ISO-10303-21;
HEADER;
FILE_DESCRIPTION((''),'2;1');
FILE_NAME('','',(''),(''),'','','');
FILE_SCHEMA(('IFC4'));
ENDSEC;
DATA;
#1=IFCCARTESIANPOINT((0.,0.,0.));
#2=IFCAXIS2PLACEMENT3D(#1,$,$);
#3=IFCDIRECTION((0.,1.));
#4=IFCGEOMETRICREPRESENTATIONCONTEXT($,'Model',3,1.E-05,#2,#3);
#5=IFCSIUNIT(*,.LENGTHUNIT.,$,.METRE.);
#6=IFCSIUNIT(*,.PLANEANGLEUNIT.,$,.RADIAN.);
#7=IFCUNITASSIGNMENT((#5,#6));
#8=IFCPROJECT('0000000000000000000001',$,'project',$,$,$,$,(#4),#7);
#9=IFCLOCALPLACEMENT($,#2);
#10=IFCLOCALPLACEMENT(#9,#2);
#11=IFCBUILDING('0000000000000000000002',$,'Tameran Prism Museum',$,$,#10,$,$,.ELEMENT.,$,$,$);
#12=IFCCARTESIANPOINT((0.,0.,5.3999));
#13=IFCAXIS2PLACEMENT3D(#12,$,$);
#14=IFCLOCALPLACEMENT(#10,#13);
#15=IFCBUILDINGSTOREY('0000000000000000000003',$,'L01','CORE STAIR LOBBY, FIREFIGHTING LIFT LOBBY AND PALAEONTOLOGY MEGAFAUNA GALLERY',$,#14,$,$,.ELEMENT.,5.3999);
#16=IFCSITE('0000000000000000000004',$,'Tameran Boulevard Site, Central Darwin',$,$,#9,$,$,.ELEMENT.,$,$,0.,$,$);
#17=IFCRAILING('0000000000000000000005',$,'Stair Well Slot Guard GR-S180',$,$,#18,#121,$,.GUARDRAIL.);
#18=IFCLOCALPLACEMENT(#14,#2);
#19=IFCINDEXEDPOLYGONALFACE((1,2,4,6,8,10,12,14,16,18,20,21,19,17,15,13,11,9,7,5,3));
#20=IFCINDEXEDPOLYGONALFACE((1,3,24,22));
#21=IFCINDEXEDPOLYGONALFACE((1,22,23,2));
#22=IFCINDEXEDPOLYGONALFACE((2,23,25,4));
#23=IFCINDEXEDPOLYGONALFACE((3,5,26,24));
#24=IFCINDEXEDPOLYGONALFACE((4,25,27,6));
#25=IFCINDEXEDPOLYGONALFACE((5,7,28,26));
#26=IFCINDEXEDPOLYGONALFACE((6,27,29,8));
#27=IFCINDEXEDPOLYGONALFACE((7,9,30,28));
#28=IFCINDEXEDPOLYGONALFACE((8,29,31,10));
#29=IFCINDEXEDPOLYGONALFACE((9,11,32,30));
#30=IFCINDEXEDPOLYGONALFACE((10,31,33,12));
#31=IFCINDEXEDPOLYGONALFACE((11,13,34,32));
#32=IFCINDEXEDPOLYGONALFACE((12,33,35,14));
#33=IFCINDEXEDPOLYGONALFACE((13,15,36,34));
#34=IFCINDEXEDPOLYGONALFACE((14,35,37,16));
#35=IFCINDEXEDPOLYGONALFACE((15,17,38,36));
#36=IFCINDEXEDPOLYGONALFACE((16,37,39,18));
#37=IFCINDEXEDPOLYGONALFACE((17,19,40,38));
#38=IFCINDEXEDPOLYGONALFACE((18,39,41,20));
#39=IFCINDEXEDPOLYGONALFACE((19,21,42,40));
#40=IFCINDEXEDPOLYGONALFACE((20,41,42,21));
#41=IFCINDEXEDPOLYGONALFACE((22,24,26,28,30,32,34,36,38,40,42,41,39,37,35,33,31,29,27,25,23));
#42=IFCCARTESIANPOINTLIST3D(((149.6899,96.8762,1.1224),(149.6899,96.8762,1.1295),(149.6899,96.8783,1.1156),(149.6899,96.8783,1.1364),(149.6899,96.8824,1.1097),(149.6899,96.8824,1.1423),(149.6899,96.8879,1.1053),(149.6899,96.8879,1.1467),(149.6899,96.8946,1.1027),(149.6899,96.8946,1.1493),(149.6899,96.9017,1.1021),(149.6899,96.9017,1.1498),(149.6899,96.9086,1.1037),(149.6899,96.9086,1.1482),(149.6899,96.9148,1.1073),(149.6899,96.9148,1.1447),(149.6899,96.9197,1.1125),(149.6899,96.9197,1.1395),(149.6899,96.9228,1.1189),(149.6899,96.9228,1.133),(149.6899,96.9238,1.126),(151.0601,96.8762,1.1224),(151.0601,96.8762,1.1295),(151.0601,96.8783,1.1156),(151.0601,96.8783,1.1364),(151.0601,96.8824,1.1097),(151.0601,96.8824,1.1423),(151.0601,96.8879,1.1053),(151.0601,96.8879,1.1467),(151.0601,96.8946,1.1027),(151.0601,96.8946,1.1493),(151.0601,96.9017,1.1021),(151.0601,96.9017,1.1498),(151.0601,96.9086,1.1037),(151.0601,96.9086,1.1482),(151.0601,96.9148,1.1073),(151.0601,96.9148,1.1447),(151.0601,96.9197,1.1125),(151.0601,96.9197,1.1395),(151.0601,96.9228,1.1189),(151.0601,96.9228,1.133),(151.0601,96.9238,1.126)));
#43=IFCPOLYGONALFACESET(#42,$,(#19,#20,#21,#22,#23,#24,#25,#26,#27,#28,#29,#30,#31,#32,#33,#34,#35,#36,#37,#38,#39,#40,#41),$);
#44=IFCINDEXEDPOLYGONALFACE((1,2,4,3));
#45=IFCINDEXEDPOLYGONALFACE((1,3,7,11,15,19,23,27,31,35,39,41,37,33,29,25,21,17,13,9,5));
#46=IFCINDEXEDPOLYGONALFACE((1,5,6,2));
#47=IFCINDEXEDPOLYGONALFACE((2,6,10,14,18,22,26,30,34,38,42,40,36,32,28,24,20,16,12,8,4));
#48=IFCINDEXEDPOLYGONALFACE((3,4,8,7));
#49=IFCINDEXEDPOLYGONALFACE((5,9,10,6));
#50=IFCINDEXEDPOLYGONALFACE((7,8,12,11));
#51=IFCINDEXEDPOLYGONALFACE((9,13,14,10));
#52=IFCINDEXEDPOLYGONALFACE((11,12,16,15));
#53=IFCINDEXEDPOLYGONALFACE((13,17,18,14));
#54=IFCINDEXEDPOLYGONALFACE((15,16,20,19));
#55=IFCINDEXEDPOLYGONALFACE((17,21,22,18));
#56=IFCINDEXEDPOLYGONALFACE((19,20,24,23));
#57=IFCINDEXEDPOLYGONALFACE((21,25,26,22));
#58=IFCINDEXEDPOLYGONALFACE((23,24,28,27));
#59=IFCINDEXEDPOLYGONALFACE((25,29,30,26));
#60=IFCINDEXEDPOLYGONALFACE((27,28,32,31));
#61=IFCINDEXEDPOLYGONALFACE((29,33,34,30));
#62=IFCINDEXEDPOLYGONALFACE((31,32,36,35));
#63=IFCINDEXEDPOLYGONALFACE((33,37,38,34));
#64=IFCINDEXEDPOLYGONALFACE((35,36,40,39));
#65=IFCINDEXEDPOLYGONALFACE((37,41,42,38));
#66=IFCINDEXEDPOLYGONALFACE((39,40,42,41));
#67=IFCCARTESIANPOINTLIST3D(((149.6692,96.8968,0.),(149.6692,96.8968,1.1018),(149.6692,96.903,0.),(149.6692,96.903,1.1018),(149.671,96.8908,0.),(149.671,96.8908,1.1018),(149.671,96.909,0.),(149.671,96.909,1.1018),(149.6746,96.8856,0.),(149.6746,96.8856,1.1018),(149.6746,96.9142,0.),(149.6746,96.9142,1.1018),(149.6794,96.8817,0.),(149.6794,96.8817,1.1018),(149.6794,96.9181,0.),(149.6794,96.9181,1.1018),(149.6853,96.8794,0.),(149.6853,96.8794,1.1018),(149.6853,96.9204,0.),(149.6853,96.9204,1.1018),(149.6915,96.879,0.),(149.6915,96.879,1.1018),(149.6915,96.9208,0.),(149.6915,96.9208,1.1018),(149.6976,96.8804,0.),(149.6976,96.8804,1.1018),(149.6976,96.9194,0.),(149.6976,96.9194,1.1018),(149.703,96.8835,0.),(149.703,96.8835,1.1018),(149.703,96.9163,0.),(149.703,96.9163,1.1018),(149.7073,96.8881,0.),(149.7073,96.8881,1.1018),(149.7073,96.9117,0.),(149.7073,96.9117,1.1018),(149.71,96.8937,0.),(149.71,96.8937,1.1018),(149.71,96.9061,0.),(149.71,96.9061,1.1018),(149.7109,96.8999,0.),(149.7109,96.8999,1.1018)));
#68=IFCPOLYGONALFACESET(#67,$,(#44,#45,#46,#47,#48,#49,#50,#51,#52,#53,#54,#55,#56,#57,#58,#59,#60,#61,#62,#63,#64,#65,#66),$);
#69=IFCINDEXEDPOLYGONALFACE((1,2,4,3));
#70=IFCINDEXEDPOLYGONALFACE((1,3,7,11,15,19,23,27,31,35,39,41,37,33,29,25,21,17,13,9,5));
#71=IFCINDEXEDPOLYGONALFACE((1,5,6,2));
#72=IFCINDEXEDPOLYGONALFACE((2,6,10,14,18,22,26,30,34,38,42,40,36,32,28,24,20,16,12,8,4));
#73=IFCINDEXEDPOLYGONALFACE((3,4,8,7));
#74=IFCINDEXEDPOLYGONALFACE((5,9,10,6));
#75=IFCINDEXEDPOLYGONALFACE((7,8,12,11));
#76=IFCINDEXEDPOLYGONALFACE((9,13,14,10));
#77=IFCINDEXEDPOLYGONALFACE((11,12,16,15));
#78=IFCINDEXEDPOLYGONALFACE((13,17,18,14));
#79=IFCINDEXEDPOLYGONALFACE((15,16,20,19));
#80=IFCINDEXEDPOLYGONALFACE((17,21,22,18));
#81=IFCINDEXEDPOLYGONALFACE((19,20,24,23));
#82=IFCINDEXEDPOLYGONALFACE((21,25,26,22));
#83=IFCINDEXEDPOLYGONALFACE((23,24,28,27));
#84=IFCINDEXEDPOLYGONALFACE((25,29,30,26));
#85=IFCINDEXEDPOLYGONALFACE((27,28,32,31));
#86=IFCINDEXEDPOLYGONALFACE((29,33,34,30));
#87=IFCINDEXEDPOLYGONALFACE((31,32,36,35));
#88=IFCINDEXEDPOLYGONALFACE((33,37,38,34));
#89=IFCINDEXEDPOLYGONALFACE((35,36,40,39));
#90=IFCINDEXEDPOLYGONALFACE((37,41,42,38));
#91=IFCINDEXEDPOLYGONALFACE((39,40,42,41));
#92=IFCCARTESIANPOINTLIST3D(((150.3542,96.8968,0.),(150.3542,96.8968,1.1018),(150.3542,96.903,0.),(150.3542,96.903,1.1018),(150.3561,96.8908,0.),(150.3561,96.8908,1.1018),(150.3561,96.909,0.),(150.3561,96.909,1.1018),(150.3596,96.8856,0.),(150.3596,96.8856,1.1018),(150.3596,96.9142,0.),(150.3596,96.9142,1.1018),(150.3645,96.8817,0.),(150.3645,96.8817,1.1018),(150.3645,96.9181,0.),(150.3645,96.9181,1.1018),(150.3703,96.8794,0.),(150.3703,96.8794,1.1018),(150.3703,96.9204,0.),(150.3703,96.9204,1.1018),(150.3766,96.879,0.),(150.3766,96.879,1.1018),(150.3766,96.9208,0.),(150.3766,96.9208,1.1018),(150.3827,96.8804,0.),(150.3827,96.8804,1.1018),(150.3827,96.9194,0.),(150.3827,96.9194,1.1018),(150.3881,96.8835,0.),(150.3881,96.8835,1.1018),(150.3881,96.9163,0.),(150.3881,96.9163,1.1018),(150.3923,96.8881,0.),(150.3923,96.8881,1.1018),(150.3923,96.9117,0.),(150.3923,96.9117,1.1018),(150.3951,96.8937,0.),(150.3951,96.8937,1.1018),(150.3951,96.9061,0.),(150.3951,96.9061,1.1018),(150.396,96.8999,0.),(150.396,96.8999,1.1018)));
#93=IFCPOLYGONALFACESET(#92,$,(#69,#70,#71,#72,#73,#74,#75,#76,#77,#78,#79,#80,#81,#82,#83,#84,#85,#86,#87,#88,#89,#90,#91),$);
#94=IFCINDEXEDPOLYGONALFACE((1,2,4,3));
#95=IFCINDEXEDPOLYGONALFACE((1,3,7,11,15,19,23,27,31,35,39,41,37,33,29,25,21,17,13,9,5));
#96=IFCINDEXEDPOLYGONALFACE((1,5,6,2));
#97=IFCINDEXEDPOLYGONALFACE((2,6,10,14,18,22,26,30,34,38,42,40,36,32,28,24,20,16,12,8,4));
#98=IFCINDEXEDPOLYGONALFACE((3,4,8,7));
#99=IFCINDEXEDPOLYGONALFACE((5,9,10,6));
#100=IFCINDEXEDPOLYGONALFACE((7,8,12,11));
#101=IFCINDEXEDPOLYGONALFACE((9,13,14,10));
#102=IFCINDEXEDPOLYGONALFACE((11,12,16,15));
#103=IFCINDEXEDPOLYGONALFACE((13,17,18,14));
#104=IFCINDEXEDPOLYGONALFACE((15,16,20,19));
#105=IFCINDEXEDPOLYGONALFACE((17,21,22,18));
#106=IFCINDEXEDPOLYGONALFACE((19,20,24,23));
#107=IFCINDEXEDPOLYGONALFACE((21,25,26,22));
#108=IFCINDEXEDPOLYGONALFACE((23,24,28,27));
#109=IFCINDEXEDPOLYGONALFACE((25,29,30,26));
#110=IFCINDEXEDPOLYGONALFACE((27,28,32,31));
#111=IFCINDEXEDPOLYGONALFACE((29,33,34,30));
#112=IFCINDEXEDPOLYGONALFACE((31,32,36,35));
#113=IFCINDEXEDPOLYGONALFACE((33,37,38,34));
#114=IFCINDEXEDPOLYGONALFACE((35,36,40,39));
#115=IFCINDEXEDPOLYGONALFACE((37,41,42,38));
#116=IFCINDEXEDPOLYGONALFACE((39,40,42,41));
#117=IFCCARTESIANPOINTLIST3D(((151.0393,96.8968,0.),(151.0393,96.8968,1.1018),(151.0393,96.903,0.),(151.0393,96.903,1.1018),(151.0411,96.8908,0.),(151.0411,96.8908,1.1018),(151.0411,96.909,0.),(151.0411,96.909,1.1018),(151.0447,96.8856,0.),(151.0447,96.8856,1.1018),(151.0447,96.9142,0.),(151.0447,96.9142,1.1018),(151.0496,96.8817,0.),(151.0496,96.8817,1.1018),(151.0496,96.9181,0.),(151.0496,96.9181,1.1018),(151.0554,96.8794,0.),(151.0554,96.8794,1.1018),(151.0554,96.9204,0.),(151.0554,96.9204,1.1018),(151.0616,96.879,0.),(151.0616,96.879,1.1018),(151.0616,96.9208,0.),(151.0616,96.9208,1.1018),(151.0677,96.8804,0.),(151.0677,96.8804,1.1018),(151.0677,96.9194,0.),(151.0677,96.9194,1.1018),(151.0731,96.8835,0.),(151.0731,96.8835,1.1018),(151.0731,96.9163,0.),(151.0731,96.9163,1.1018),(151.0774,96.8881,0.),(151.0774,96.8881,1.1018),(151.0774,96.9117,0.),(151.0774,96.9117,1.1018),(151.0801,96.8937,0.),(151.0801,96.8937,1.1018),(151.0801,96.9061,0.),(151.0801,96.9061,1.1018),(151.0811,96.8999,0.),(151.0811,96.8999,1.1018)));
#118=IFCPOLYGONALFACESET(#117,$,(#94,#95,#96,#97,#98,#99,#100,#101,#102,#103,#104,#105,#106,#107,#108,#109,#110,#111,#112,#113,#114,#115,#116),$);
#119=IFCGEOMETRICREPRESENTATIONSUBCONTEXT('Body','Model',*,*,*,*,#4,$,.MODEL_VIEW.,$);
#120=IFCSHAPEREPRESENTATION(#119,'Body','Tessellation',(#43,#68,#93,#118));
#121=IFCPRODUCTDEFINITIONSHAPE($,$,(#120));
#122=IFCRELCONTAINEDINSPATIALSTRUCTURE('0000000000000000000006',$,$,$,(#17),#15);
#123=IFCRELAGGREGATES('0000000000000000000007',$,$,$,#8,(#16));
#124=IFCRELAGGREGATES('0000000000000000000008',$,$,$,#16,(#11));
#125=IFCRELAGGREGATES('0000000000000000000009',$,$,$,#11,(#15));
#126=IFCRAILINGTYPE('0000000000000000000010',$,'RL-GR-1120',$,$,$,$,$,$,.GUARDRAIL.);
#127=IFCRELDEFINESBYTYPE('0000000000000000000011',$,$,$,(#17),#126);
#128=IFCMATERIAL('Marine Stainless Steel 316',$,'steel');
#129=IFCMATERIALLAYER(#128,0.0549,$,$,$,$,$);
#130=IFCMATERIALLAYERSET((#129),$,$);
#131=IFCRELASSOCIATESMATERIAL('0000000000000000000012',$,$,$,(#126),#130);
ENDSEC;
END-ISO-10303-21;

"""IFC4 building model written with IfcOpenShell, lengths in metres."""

from ifc_helpers import new_model, si_unit, direction, frame, origin, origin_2d, place, context, subcontext, project, spatial, circle, extrude, material, layer, layer_set, type_object, element, save


model = new_model("IFC4")

# Units and contexts
model_context = context("Model", 3, precision=1e-05, world=origin(), true_north=direction((0.0, 1.0)))
body_context = subcontext(model_context, "Body", "Model", "MODEL_VIEW")
ifc_project = project(units=[si_unit("LENGTHUNIT", "METRE"), si_unit("PLANEANGLEUNIT", "RADIAN")], contexts=[model_context])

# Site, building, storey
site_placement = place(None, origin())
site = spatial("IfcSite", under=ifc_project, at=site_placement, Name="Tameran Boulevard Site, Central Darwin", CompositionType="ELEMENT", RefElevation=0.0)
building_placement = place(site_placement, origin())
building = spatial("IfcBuilding", under=site, at=building_placement, Name="Tameran Prism Museum", CompositionType="ELEMENT")
storey_placement = place(building_placement, frame((0.0, 0.0, 5.3999)))
storey = spatial("IfcBuildingStorey", under=building, at=storey_placement, Name="L01", Description="CORE STAIR LOBBY, FIREFIGHTING LIFT LOBBY AND PALAEONTOLOGY MEGAFAUNA GALLERY", CompositionType="ELEMENT", Elevation=5.3999)

# Railing
ifc_material_1 = material(Name="Marine Stainless Steel 316", Category="steel")
ifc_layer_1 = layer(ifc_material_1, 0.0549)
ifc_layer_set_1 = layer_set([ifc_layer_1])
railing_type_1 = type_object("IfcRailingType", Name="RL-GR-1120", PredefinedType="GUARDRAIL", material=ifc_layer_set_1)
railing_1_placement = place(storey_placement, frame((149.6899, 96.8999, 0.0)))
element("IfcRailing", 1, at=railing_1_placement, inside=storey, type_object=railing_type_1, Name="Stair Well Slot Guard GR-S180", PredefinedType="GUARDRAIL", context=body_context, shape_type="SweptSolid", body=[
    extrude(circle(Radius=0.0239, at=origin_2d()), frame((0.0, 0.0, 1.126), z_axis=(1.0, 0.0, 0.0), x_axis=(0.0, 1.0, 0.0)), (0.0, 0.0, 1.0), 1.3701),
    extrude(circle(Radius=0.021, at=origin_2d()), origin(), (0.0, 0.0, 1.0), 1.1018),
    extrude(circle(Radius=0.021, at=origin_2d()), frame((0.6851, 0.0, 0.0)), (0.0, 0.0, 1.0), 1.1018),
    extrude(circle(Radius=0.021, at=origin_2d()), frame((1.3701, 0.0, 0.0)), (0.0, 0.0, 1.0), 1.1018),
])

save(model, "model.ifc")
